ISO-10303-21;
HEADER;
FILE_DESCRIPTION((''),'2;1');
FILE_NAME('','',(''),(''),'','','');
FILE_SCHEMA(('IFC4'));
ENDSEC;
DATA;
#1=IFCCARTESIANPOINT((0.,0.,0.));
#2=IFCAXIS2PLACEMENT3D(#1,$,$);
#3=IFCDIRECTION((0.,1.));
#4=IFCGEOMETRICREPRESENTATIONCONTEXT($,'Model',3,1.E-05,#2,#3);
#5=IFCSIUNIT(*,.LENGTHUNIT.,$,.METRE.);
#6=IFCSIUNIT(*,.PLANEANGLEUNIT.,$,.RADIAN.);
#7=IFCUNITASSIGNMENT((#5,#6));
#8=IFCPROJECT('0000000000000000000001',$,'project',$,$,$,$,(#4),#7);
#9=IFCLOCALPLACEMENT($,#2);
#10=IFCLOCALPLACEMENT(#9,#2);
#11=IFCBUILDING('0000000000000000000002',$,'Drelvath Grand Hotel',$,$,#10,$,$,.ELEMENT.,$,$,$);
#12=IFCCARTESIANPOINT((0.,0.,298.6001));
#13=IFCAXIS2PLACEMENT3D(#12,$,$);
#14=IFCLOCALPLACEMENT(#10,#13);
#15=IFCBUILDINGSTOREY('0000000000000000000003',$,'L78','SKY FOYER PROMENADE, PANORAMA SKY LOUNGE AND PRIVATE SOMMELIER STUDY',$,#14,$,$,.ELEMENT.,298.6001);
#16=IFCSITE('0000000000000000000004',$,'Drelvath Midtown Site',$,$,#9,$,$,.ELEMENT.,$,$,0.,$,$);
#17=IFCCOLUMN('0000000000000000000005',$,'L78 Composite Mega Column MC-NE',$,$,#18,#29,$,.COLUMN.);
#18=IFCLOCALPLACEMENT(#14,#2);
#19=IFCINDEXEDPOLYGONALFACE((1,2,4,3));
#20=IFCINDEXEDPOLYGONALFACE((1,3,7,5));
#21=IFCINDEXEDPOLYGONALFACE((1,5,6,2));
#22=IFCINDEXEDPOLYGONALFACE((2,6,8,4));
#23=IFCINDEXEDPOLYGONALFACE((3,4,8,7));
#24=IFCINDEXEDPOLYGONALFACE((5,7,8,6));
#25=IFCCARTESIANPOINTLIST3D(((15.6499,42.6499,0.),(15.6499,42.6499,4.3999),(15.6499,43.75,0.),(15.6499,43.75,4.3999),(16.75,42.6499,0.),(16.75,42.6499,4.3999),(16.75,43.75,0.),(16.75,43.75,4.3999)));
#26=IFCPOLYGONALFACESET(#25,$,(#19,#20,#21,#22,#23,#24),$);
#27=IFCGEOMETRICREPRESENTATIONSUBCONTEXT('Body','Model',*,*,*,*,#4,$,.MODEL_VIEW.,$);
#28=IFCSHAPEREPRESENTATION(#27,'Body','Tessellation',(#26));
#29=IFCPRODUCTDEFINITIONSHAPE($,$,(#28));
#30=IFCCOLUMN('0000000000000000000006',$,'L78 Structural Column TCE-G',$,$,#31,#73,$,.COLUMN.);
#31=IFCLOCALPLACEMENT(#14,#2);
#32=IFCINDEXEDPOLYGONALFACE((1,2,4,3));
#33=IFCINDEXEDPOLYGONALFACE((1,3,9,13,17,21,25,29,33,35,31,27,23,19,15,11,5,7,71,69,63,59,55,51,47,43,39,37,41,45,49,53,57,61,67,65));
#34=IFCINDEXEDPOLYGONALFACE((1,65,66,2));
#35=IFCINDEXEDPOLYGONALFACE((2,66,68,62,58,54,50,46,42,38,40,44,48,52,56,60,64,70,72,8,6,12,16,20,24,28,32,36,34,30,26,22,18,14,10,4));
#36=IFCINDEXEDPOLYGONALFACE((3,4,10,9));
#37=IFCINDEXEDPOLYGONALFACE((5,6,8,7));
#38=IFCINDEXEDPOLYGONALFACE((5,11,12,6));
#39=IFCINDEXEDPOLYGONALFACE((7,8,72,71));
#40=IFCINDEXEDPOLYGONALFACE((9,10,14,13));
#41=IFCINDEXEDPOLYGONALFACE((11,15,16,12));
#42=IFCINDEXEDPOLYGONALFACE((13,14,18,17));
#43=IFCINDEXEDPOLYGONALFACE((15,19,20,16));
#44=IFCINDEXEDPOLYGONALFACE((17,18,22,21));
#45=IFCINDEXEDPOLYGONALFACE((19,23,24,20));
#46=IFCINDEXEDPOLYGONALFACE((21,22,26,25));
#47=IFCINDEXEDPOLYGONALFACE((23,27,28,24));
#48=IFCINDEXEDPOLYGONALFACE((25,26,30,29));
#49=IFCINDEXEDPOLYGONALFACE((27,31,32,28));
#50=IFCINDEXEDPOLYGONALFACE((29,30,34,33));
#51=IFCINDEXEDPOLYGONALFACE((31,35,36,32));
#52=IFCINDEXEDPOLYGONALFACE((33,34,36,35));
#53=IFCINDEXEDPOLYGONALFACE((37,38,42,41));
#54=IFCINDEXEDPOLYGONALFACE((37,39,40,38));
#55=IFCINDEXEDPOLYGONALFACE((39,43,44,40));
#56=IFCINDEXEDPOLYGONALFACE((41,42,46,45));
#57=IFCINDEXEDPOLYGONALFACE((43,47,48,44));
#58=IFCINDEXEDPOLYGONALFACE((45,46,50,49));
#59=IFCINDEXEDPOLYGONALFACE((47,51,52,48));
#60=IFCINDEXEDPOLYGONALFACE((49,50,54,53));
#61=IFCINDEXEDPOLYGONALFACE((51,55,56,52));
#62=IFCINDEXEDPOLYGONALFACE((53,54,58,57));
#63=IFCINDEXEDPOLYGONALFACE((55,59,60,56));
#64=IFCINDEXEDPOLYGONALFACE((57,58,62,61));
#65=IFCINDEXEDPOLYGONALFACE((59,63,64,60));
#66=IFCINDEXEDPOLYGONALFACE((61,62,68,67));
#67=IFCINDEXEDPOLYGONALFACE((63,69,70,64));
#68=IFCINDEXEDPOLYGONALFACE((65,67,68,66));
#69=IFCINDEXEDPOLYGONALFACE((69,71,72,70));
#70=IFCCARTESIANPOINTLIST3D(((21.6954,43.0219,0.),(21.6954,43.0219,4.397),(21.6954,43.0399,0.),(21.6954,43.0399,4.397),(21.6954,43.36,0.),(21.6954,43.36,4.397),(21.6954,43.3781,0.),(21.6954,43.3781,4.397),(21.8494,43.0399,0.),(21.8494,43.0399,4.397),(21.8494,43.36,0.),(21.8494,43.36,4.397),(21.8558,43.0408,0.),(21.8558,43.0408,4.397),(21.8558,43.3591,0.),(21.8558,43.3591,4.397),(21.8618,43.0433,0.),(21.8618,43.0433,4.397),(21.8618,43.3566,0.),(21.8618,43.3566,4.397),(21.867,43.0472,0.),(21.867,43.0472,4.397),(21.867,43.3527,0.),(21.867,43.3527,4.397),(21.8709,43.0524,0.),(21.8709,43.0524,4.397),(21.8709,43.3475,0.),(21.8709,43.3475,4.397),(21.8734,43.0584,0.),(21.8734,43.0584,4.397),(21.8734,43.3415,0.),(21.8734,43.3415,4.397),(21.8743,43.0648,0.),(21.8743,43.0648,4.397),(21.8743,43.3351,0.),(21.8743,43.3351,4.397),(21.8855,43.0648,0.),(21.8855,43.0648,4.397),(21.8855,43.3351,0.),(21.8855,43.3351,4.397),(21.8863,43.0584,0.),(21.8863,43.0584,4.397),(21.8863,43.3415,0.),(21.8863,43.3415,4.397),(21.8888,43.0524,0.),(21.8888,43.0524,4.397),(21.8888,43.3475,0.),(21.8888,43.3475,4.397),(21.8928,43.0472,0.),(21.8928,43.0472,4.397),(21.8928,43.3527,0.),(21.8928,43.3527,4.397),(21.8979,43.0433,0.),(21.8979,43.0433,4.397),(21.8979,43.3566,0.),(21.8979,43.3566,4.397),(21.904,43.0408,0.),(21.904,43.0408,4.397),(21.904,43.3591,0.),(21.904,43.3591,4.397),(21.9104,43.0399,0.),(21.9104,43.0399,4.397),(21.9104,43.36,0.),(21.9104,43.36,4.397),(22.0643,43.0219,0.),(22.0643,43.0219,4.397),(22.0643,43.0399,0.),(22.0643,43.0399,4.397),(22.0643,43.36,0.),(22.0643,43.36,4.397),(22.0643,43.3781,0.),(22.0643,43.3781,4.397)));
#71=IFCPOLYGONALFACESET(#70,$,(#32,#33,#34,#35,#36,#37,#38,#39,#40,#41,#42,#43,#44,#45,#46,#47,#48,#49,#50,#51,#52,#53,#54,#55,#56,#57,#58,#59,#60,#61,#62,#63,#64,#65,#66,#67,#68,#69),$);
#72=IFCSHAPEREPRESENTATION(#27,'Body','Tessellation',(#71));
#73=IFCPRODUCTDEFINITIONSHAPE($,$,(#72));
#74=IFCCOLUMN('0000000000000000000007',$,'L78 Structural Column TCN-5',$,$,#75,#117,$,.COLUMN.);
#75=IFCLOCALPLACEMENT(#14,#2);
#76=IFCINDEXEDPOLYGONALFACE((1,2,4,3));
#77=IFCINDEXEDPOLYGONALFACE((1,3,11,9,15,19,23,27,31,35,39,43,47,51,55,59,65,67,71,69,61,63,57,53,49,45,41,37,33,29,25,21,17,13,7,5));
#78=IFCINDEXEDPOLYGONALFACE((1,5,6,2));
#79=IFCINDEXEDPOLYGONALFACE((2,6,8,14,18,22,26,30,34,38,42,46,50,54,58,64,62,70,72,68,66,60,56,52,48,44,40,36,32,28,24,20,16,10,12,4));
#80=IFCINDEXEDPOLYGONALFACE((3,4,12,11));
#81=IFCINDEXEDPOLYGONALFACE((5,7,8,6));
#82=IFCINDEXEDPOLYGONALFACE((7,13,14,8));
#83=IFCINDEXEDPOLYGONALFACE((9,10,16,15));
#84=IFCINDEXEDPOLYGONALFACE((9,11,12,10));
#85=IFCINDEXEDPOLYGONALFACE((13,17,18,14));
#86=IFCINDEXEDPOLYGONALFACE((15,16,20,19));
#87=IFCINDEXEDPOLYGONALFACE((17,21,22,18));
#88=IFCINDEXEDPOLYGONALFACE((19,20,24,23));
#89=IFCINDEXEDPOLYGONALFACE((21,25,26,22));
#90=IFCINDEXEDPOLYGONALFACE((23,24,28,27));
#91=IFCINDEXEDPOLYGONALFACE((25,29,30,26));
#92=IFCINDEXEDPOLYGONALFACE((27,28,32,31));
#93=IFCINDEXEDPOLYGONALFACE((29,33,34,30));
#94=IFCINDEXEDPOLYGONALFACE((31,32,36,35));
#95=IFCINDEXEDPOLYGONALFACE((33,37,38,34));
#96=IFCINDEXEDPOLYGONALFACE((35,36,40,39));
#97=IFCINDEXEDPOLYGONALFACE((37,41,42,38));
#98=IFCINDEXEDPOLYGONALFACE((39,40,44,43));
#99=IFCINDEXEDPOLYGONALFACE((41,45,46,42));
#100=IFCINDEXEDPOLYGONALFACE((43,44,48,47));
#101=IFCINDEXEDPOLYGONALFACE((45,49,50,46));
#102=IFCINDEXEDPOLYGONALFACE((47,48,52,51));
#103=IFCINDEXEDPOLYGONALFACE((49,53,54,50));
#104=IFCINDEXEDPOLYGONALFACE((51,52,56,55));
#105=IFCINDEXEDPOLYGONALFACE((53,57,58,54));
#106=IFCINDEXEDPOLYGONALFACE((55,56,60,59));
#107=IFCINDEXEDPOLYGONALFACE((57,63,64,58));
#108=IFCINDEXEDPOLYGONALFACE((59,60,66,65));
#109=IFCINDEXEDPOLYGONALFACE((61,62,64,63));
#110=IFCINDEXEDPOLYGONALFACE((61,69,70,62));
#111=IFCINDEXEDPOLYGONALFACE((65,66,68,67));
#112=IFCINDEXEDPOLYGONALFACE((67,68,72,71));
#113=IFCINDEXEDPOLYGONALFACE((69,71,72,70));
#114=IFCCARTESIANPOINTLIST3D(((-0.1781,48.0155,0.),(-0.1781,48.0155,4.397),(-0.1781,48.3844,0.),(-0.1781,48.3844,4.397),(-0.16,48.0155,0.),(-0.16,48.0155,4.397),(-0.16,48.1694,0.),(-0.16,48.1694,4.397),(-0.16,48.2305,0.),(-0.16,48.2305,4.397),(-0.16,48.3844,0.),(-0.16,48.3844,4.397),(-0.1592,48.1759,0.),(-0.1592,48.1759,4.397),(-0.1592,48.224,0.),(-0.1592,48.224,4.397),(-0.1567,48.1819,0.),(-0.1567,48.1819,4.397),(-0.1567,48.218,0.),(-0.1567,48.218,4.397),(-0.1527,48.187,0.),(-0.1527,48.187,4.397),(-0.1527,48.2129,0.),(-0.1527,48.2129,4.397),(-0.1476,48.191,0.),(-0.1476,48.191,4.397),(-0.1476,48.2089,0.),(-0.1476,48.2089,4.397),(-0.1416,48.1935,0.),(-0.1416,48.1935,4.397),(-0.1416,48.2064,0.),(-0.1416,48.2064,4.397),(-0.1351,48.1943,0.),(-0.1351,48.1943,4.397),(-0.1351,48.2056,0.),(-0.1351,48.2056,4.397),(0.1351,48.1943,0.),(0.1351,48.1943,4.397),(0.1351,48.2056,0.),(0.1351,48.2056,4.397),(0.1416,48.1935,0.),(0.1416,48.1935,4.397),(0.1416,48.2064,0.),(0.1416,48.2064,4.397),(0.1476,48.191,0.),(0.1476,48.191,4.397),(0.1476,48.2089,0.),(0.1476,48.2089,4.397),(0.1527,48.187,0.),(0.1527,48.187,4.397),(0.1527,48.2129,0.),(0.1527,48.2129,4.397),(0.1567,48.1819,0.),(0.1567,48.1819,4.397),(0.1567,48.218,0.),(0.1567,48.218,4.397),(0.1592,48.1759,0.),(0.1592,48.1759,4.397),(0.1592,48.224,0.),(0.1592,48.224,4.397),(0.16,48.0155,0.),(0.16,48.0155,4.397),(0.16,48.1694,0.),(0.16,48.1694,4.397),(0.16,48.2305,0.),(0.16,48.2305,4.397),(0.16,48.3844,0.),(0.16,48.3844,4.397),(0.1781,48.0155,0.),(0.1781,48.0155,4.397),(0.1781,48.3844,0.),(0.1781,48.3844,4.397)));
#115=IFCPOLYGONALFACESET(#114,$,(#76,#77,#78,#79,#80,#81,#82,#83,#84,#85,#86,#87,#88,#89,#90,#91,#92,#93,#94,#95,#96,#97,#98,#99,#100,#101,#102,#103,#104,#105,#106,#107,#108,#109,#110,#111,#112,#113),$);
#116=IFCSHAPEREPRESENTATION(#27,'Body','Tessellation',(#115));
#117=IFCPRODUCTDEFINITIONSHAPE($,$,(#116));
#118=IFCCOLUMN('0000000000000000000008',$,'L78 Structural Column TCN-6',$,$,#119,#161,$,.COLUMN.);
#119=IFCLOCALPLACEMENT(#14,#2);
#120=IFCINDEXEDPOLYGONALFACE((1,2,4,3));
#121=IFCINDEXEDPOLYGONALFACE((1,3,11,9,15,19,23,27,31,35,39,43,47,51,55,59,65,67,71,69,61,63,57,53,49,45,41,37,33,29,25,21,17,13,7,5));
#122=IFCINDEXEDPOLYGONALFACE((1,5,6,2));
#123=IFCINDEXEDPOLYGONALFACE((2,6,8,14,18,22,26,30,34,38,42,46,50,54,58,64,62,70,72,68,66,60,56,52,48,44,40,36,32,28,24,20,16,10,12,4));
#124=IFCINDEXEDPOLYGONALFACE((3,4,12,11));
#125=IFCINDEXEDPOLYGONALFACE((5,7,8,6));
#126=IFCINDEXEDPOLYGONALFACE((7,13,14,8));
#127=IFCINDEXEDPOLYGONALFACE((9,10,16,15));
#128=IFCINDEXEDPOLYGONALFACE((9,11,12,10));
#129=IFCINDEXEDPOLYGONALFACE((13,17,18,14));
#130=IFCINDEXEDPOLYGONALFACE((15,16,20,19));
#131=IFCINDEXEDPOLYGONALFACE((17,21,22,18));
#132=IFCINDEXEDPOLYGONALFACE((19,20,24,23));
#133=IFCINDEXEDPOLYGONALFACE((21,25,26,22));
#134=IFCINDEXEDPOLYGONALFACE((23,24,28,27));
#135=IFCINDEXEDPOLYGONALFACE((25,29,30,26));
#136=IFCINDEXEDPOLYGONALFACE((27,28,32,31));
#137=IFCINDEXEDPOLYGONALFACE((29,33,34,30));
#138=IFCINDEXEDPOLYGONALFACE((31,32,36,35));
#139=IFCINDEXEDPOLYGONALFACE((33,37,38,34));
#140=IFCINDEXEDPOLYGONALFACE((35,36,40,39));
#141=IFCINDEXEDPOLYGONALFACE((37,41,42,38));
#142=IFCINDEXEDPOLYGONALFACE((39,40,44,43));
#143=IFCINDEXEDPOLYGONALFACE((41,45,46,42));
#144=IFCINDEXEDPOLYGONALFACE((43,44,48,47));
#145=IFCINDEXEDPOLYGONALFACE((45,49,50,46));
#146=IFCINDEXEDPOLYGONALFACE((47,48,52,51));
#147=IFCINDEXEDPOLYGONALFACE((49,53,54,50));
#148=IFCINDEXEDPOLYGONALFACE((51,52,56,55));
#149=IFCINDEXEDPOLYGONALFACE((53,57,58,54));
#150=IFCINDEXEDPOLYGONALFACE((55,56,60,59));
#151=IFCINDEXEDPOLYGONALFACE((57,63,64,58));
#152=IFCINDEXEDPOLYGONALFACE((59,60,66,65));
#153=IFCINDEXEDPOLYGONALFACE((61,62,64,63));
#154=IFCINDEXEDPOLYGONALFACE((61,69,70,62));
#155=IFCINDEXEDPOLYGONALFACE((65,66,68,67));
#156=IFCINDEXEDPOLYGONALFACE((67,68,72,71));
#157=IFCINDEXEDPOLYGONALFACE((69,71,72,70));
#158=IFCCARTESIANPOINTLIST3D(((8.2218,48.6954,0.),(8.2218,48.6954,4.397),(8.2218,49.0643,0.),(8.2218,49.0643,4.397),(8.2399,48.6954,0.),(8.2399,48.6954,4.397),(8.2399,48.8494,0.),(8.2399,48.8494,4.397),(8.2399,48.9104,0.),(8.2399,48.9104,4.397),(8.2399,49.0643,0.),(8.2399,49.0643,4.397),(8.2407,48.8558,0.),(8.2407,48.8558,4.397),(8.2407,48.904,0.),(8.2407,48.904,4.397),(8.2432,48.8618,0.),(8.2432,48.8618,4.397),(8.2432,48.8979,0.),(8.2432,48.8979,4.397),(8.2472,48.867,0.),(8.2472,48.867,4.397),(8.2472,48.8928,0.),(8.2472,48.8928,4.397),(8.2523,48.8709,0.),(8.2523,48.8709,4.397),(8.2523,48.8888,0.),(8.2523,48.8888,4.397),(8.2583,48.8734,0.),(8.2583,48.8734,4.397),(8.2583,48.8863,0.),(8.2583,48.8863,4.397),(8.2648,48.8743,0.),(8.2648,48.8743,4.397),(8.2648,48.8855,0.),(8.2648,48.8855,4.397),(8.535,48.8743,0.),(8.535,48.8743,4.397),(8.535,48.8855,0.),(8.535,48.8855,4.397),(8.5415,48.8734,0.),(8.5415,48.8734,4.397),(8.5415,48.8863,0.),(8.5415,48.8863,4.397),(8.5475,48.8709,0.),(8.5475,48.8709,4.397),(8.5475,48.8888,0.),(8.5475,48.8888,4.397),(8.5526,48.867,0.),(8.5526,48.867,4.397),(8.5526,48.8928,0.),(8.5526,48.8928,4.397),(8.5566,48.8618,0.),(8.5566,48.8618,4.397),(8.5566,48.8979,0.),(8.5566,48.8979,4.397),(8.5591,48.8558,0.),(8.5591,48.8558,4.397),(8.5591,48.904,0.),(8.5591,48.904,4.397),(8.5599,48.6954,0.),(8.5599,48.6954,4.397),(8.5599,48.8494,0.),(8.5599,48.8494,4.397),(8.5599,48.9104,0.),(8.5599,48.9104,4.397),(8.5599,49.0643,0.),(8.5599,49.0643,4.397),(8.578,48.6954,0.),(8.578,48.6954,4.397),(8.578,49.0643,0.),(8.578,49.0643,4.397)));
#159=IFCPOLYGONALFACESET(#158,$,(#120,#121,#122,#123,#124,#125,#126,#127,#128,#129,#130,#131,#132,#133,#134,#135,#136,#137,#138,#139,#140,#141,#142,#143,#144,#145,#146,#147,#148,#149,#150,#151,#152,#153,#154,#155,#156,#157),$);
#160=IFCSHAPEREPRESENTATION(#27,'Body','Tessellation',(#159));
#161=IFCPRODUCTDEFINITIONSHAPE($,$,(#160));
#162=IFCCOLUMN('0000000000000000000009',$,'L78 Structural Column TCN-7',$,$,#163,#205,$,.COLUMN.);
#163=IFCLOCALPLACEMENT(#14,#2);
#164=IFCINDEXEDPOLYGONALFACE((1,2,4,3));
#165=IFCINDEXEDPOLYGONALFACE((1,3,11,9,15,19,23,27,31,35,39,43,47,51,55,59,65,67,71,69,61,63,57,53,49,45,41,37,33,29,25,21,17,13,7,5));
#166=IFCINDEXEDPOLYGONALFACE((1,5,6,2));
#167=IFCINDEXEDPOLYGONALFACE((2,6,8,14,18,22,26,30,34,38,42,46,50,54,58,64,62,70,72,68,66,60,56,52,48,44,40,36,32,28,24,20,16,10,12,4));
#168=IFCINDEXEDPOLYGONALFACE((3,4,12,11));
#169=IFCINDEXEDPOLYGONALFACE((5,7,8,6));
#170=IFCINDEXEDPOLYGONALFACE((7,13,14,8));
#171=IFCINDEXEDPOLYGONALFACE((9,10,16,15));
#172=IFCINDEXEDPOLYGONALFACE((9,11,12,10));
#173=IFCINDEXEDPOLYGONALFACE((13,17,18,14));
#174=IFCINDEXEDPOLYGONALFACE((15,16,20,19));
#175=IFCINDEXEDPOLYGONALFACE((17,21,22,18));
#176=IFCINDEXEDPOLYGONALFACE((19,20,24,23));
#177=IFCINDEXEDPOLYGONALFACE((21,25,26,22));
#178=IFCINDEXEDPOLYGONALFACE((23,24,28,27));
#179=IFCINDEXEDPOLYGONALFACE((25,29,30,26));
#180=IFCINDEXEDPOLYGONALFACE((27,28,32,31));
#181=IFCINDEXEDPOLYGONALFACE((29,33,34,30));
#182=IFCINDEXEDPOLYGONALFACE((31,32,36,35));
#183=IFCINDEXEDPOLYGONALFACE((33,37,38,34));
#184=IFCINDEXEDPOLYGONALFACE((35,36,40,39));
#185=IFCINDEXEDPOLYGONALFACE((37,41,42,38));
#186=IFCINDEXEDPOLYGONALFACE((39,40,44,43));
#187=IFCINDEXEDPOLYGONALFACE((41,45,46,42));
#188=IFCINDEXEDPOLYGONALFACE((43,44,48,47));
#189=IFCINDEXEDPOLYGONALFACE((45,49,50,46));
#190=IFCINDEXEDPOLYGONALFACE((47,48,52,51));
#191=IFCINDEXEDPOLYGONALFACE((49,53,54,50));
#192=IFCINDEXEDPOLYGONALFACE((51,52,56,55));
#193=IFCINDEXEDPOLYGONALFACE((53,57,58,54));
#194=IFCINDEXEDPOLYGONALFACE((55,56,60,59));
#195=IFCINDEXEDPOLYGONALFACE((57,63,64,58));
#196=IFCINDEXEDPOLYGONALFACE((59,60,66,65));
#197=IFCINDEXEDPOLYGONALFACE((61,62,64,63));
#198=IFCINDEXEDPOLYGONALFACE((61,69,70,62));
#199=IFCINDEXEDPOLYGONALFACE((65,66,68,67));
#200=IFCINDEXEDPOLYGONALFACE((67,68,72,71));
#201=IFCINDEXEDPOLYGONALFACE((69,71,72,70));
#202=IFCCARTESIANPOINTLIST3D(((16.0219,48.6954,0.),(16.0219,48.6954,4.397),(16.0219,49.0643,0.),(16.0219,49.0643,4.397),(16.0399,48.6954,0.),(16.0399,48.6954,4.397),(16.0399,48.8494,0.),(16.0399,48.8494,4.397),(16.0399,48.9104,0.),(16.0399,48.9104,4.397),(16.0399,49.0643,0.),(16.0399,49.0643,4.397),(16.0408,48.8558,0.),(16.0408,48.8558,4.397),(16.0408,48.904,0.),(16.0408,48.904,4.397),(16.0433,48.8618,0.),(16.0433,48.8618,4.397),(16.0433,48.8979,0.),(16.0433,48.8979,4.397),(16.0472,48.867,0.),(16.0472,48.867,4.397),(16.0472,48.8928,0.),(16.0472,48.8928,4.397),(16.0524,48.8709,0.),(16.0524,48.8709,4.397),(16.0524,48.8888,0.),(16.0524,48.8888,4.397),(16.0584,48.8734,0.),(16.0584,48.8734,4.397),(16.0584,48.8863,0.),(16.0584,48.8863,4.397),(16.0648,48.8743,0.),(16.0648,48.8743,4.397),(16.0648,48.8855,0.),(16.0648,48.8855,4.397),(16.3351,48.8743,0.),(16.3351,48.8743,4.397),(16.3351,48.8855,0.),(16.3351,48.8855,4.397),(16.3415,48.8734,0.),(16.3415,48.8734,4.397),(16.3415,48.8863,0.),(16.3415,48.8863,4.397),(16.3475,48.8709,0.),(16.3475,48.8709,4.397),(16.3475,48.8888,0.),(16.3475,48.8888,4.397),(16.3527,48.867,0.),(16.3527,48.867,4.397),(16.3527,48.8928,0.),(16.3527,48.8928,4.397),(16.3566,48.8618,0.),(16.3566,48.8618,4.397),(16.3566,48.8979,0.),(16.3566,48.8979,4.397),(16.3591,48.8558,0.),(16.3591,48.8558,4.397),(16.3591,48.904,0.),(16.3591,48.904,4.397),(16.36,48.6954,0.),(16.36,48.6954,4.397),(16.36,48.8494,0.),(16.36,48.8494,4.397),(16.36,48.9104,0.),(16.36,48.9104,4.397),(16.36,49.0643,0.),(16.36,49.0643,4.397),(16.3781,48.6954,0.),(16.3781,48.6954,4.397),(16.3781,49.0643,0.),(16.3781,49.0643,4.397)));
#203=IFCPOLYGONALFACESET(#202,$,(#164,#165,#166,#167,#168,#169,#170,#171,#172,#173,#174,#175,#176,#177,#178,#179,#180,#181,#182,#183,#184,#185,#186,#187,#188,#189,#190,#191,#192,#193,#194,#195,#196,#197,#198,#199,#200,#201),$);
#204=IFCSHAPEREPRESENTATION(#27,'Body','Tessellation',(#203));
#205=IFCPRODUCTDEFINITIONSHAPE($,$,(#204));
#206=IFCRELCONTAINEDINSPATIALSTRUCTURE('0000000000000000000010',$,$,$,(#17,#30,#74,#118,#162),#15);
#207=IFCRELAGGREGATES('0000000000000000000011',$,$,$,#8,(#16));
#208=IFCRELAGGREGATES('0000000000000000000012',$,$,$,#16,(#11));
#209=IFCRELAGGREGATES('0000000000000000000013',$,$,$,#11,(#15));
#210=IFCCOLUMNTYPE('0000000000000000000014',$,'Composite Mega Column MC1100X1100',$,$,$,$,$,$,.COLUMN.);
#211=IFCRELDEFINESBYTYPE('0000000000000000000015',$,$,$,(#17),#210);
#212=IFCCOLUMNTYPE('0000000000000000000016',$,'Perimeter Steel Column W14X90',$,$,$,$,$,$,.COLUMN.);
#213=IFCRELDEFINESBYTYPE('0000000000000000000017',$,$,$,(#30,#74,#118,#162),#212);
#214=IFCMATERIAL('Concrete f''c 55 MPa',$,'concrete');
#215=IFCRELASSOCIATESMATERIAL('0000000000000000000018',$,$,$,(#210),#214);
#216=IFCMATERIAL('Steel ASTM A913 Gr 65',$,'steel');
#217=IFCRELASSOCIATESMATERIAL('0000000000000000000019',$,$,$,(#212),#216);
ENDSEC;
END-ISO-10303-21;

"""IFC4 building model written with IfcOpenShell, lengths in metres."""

from ifc_helpers import new_model, si_unit, direction, frame, origin, origin_2d, place, context, subcontext, project, spatial, rectangle, i_section, extrude, material, material_profile, profile_set, type_object, element, save


model = new_model("IFC4")

# Units and contexts
model_context = context("Model", 3, precision=1e-05, world=origin(), true_north=direction((0.0, 1.0)))
body_context = subcontext(model_context, "Body", "Model", "MODEL_VIEW")
ifc_project = project(units=[si_unit("LENGTHUNIT", "METRE"), si_unit("PLANEANGLEUNIT", "RADIAN")], contexts=[model_context])

# Site, building, storey
site_placement = place(None, origin())
site = spatial("IfcSite", under=ifc_project, at=site_placement, Name="Drelvath Midtown Site", CompositionType="ELEMENT", RefElevation=0.0)
building_placement = place(site_placement, origin())
building = spatial("IfcBuilding", under=site, at=building_placement, Name="Drelvath Grand Hotel", CompositionType="ELEMENT")
storey_placement = place(building_placement, frame((0.0, 0.0, 298.6001)))
storey = spatial("IfcBuildingStorey", under=building, at=storey_placement, Name="L78", Description="SKY FOYER PROMENADE, PANORAMA SKY LOUNGE AND PRIVATE SOMMELIER STUDY", CompositionType="ELEMENT", Elevation=298.6001)

# Columns
ifc_material_1 = material(Name="Concrete f'c 55 MPa", Category="concrete")
ifc_material_profile_1 = material_profile(ifc_material_1, rectangle(XDim=1.1001, YDim=1.1001, at=origin_2d()), Name="MC1100X1100")
ifc_profile_set_1 = profile_set([ifc_material_profile_1], Name="Concrete f'c 55 MPa")
column_type_1 = type_object("IfcColumnType", Name="Composite Mega Column MC1100X1100", PredefinedType="COLUMN", material=ifc_profile_set_1)
column_placement = place(storey_placement, frame((16.2, 43.2, 0.0), z_axis=(0.0, 0.0, 1.0), x_axis=(1.0, 0.0, 0.0)))
element("IfcColumn", 1, at=column_placement, inside=storey, type_object=column_type_1, Name="L78 Composite Mega Column MC-NE", PredefinedType="COLUMN", context=body_context, shape_type="SweptSolid", body=[
    extrude(rectangle(XDim=1.1001, YDim=1.1001, at=origin_2d()), origin(), (0.0, 0.0, 1.0), 4.3999),
])
ifc_material_2 = material(Name="Steel ASTM A913 Gr 65", Category="steel")
ifc_material_profile_2 = material_profile(ifc_material_2, i_section(OverallWidth=0.3689, OverallDepth=0.3562, WebThickness=0.0112, FlangeThickness=0.0181, FilletRadius=0.0249, at=origin_2d()), Name="W14X90")
ifc_profile_set_2 = profile_set([ifc_material_profile_2], Name="Steel ASTM A913 Gr 65")
column_type_2 = type_object("IfcColumnType", Name="Perimeter Steel Column W14X90", PredefinedType="COLUMN", material=ifc_profile_set_2)
for number, where, z_axis, x_axis, name in (
    (2, (21.8799, 43.2, 0.0), (0.0, 0.0, 1.0), (1.0, 0.0, 0.0), "L78 Structural Column TCE-G"),
    (3, (0.0, 48.2, 0.0), (0.0, 0.0, 1.0), (0.0, 1.0, 0.0), "L78 Structural Column TCN-5"),
    (4, (8.3999, 48.8799, 0.0), (0.0, 0.0, 1.0), (0.0, 1.0, 0.0), "L78 Structural Column TCN-6"),
    (5, (16.2, 48.8799, 0.0), (0.0, 0.0, 1.0), (0.0, 1.0, 0.0), "L78 Structural Column TCN-7"),
):
    element("IfcColumn", number, at=place(storey_placement, frame(where, z_axis=z_axis, x_axis=x_axis)), inside=storey, type_object=column_type_2, Name=name, PredefinedType="COLUMN", context=body_context, shape_type="SweptSolid", body=[
        extrude(i_section(OverallWidth=0.3689, OverallDepth=0.3562, WebThickness=0.0112, FlangeThickness=0.0181, FilletRadius=0.0249, at=origin_2d()), origin(), (0.0, 0.0, 1.0), 4.397),
    ])

save(model, "model.ifc")
